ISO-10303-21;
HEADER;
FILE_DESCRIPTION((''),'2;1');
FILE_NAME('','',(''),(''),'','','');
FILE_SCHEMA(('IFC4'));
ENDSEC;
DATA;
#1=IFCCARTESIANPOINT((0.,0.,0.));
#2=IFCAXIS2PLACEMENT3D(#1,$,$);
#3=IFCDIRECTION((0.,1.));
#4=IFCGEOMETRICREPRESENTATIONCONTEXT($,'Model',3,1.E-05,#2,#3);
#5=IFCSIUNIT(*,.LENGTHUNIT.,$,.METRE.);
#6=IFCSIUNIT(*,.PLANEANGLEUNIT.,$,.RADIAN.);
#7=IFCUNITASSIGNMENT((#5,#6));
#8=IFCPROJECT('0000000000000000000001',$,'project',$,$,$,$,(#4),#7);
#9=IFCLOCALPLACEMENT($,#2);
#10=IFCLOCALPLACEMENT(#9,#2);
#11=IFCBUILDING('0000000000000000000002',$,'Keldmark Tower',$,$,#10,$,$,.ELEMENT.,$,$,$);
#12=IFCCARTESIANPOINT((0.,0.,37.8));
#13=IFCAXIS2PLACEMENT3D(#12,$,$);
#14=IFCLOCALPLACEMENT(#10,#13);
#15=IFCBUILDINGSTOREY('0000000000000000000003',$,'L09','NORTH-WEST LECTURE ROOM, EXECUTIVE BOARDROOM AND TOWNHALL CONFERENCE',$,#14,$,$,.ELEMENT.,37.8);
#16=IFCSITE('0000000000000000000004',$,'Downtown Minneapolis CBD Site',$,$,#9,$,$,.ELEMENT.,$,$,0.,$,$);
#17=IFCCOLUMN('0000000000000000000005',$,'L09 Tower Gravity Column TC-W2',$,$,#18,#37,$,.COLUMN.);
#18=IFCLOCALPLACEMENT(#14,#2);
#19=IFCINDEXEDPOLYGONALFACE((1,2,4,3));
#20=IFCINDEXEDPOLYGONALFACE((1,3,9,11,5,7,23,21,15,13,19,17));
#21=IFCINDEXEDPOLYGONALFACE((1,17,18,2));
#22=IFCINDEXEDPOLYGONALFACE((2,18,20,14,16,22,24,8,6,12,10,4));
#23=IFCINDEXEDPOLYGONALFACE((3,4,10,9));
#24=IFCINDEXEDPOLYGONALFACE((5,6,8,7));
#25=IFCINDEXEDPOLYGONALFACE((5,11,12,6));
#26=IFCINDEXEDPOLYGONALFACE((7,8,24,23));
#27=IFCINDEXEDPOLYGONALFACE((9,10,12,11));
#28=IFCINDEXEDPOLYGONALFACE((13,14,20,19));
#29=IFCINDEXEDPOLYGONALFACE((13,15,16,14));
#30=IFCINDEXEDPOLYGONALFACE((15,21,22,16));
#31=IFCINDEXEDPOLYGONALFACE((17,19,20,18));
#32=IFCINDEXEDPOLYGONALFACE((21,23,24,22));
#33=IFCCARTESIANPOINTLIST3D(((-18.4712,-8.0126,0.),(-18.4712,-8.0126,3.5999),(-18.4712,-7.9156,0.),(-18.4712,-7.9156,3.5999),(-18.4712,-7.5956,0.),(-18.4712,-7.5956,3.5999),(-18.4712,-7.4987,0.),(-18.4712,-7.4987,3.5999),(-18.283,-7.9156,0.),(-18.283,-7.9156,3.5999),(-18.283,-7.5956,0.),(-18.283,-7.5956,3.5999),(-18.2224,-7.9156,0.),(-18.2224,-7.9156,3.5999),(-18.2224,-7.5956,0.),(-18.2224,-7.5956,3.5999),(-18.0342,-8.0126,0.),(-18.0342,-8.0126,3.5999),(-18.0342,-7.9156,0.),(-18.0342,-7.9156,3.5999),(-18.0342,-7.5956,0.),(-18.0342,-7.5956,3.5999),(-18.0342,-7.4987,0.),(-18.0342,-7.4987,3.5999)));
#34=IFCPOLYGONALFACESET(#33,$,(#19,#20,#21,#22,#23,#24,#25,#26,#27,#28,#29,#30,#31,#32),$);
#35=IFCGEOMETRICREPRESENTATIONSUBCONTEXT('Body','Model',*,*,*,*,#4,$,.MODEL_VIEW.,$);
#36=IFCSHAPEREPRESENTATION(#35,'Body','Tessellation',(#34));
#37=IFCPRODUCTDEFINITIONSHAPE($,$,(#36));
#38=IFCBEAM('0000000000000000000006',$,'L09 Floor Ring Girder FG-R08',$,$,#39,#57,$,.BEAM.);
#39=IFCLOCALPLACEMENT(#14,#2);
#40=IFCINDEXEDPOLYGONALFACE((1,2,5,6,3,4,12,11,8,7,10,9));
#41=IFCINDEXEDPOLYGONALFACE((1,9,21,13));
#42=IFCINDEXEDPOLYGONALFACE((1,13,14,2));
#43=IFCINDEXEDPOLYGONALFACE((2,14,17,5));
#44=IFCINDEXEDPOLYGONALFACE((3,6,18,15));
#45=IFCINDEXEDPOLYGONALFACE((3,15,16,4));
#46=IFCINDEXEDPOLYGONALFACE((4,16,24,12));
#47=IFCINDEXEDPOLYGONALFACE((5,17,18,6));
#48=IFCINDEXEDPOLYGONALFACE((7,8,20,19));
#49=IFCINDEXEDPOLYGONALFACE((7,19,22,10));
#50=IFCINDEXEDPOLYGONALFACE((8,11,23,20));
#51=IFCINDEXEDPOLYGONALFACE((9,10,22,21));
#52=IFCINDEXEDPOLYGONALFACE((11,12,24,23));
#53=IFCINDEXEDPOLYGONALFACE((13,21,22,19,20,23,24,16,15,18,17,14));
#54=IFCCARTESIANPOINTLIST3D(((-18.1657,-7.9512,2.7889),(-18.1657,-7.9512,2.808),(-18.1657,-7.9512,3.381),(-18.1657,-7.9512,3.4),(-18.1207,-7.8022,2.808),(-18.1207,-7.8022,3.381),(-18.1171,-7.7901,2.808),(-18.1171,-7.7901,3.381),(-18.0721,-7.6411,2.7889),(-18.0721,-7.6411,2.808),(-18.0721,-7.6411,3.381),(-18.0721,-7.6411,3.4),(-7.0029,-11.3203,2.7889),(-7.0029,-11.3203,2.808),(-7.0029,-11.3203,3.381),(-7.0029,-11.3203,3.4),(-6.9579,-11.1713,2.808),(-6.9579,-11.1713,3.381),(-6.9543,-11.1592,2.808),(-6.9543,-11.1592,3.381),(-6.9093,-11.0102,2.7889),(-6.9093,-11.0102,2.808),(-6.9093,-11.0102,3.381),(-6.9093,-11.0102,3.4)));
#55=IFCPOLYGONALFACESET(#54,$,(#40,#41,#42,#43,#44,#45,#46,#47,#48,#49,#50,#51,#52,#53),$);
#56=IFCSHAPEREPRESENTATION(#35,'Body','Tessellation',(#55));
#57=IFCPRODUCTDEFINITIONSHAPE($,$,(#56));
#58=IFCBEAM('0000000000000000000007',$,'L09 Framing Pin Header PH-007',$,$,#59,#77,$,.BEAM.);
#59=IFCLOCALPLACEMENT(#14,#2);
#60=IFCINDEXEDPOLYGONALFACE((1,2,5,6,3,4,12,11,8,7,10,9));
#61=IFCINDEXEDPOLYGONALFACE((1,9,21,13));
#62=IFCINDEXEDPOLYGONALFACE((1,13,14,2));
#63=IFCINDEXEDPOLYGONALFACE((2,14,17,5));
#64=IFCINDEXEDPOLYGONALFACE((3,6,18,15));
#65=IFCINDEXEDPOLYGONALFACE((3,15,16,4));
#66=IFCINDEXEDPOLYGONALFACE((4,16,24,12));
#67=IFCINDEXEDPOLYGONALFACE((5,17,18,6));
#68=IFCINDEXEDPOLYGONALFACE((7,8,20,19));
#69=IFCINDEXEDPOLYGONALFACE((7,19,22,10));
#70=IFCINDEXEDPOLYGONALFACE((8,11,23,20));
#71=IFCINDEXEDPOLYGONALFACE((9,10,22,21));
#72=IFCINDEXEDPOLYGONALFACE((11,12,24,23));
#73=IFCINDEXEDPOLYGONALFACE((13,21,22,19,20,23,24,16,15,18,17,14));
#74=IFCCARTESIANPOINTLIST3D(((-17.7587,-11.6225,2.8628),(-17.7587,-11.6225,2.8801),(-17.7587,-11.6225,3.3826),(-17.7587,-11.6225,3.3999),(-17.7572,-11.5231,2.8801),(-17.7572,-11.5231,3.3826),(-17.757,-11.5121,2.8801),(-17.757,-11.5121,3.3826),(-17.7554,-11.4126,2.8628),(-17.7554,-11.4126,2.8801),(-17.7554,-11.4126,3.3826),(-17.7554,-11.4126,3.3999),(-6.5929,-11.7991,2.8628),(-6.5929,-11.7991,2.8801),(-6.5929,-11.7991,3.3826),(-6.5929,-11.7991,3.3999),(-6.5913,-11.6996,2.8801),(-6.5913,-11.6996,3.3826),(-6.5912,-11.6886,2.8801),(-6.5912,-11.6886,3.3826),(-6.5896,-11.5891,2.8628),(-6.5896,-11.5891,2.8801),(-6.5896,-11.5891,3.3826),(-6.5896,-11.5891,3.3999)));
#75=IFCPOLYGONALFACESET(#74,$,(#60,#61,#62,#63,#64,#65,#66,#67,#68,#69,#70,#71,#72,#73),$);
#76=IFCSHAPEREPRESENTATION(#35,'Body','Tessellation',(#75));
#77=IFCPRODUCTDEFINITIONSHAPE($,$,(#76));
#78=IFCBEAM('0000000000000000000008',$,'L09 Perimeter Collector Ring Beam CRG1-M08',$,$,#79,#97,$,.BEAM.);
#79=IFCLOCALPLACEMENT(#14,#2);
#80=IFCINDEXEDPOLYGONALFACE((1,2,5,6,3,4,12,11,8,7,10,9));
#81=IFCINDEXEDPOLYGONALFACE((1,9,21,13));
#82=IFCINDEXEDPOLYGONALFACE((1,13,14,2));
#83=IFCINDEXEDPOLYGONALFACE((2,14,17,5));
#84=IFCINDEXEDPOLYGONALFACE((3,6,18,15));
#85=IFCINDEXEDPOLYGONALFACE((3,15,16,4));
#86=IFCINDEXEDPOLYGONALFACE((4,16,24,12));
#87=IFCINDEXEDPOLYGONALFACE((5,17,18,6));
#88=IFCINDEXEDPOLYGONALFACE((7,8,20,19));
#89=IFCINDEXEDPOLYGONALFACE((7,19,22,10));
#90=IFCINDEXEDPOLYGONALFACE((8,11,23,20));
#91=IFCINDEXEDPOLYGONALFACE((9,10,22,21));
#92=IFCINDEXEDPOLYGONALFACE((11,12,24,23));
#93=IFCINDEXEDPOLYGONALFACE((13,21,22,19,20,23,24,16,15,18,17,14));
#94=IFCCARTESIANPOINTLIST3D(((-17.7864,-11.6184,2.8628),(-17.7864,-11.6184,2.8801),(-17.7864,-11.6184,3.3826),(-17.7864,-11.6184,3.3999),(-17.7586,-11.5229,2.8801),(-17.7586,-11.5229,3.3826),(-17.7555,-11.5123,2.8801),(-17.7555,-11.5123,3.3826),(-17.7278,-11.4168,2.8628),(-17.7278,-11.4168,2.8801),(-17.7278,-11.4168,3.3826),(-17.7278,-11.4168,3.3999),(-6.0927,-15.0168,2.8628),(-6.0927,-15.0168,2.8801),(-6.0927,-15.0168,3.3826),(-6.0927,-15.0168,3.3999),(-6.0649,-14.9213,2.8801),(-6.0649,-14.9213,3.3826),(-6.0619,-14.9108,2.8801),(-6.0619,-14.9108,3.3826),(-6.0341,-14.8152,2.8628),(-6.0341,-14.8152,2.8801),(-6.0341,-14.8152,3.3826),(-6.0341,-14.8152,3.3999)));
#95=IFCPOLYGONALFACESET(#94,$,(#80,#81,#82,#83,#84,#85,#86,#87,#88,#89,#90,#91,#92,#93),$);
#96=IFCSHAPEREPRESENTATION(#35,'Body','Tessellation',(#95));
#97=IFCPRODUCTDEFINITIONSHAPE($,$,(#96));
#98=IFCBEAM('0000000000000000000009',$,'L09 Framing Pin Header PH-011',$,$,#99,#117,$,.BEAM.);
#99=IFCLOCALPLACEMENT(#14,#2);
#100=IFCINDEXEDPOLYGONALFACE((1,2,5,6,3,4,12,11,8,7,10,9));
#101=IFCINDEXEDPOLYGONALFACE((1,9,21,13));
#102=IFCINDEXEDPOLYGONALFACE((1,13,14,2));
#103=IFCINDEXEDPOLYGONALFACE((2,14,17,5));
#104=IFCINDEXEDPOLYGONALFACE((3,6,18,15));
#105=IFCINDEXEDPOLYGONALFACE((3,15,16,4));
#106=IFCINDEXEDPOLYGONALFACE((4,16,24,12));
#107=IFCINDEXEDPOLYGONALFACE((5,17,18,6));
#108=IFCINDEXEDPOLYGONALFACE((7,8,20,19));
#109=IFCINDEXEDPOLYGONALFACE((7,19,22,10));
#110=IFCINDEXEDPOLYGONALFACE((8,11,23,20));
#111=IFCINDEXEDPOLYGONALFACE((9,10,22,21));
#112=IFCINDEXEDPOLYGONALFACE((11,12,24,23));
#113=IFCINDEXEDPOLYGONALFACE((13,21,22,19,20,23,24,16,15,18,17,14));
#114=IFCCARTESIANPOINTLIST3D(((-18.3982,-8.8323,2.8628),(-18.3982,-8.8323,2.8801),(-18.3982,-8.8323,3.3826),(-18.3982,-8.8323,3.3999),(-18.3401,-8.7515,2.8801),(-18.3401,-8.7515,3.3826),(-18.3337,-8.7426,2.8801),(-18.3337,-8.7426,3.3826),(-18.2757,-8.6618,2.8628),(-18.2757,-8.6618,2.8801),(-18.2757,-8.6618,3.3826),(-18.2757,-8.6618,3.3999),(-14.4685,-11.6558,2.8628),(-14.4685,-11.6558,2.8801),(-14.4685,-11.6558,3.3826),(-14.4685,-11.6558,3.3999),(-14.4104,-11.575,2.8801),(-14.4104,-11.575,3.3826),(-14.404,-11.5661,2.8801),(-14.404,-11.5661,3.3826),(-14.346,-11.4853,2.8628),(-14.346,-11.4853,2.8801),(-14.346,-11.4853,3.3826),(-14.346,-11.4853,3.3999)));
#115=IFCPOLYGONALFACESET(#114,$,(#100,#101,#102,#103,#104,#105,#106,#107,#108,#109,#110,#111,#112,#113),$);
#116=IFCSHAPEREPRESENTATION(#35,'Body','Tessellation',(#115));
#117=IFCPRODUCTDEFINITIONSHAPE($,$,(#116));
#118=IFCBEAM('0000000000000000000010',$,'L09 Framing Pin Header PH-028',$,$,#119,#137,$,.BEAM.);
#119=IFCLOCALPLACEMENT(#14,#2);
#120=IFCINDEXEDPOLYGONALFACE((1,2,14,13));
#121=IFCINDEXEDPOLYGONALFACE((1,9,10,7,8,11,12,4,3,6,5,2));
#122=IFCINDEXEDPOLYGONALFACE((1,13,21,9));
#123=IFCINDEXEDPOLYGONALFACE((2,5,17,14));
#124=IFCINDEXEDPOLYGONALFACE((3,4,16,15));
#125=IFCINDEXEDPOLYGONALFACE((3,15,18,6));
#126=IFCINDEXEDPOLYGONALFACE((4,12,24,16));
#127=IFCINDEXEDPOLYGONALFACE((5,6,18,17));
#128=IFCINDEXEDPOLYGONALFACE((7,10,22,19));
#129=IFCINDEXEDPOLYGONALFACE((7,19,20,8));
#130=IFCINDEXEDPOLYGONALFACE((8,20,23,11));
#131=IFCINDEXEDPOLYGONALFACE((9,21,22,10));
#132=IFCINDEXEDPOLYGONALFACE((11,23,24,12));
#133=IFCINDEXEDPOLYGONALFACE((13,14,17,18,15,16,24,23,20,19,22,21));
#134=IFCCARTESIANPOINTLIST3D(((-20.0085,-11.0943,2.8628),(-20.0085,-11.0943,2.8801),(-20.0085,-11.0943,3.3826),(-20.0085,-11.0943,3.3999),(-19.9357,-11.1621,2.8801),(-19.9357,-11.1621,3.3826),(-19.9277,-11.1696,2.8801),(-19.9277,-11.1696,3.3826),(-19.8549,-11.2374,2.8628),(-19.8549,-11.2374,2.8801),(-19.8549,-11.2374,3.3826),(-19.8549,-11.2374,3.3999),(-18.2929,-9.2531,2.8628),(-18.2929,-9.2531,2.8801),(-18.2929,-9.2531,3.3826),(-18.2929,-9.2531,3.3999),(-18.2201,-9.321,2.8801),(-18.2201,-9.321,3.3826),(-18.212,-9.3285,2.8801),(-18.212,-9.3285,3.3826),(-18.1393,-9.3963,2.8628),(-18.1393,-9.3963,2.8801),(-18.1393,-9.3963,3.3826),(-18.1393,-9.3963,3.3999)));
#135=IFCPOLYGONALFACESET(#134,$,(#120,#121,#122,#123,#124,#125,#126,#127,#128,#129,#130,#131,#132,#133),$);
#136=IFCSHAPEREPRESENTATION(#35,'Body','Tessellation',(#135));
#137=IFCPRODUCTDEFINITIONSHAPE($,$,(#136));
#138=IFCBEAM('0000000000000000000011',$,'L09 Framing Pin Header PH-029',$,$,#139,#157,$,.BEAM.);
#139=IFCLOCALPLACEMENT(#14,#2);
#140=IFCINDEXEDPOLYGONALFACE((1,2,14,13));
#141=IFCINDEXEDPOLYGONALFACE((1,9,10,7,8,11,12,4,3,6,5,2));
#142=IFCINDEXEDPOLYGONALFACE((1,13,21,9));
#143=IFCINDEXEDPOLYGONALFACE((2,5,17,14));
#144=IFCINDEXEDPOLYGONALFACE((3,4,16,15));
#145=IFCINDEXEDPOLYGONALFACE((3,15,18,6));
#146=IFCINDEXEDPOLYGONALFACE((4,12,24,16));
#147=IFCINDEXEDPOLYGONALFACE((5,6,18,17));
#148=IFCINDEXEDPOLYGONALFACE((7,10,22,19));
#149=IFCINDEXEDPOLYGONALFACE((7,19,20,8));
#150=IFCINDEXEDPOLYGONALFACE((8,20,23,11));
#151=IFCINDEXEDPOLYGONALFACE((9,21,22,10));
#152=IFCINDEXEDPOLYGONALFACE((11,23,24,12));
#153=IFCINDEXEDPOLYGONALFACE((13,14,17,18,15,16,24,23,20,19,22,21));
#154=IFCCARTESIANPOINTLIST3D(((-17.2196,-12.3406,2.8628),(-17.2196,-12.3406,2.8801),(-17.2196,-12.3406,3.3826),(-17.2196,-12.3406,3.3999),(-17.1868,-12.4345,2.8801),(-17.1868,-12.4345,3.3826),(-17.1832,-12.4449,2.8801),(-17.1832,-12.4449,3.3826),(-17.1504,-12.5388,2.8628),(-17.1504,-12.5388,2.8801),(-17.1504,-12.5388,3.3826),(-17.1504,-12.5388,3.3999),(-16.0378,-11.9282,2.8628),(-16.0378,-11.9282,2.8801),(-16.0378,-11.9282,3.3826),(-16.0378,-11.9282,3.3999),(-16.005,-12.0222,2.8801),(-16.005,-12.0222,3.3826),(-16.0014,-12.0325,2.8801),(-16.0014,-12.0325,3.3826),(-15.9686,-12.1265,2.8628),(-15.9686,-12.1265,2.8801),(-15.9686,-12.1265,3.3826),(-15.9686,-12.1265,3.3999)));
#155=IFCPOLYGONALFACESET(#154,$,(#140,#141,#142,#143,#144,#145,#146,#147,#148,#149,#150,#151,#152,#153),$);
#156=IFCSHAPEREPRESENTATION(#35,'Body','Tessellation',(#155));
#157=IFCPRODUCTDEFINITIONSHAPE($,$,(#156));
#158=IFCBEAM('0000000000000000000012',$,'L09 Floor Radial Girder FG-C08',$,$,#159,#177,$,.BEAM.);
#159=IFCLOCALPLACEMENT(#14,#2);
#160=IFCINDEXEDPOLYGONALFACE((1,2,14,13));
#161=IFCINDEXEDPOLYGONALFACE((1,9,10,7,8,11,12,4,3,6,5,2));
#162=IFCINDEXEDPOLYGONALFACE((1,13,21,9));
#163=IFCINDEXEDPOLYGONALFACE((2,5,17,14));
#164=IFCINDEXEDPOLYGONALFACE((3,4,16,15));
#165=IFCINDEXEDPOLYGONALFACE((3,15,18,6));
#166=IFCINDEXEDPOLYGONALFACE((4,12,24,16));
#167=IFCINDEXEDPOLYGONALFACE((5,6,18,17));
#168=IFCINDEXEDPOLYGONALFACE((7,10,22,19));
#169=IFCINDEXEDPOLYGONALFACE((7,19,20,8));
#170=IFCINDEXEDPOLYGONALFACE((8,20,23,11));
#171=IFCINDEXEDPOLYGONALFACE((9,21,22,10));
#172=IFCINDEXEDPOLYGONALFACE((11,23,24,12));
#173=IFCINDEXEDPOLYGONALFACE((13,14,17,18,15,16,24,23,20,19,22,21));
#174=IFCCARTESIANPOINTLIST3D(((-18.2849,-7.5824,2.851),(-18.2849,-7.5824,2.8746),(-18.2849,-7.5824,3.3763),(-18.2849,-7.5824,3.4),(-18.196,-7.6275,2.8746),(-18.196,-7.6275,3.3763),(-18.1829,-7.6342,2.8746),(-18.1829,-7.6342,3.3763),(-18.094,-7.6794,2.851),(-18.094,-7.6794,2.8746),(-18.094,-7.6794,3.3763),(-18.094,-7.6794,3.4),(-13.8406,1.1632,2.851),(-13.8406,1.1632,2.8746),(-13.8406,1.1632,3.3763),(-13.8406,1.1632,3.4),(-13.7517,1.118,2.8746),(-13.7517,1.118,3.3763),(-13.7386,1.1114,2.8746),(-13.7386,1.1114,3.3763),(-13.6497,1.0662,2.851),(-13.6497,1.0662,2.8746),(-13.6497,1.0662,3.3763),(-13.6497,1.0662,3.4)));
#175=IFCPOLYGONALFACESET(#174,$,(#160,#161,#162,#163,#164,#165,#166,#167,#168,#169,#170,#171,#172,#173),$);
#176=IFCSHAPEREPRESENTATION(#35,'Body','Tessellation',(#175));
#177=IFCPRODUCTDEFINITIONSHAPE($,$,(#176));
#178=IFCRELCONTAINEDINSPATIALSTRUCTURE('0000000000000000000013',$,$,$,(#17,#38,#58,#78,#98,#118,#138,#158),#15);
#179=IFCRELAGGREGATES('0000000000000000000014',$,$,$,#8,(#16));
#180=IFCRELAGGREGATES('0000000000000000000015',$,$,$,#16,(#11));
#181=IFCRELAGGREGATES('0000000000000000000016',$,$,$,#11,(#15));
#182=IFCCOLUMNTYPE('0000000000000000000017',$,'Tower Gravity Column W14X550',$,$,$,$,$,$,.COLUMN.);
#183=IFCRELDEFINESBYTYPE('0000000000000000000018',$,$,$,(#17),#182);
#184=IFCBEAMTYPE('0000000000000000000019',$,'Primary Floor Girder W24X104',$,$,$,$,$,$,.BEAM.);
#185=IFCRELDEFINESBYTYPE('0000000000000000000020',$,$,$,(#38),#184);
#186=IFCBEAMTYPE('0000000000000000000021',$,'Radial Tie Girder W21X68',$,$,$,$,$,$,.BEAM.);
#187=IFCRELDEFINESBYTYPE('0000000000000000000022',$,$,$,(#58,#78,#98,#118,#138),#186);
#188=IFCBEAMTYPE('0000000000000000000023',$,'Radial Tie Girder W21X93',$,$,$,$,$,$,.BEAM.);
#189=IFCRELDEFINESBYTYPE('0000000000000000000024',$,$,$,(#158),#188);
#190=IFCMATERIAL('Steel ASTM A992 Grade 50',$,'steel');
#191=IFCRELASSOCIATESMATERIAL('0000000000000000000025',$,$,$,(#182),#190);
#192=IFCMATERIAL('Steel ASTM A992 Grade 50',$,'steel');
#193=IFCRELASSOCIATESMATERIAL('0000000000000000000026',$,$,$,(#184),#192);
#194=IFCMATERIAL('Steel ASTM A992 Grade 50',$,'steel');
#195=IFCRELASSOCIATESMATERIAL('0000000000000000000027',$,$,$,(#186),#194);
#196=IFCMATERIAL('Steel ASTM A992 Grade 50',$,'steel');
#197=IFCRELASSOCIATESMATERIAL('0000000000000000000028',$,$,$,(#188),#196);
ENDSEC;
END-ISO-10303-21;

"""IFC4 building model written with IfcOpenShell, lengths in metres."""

from ifc_helpers import new_model, si_unit, direction, frame, origin, origin_2d, place, context, subcontext, project, spatial, i_section, extrude, material, material_profile, profile_set, type_object, element, save


model = new_model("IFC4")

# Units and contexts
model_context = context("Model", 3, precision=1e-05, world=origin(), true_north=direction((0.0, 1.0)))
body_context = subcontext(model_context, "Body", "Model", "MODEL_VIEW")
ifc_project = project(units=[si_unit("LENGTHUNIT", "METRE"), si_unit("PLANEANGLEUNIT", "RADIAN")], contexts=[model_context])

# Site, building, storey
site_placement = place(None, origin())
site = spatial("IfcSite", under=ifc_project, at=site_placement, Name="Downtown Minneapolis CBD Site", CompositionType="ELEMENT", RefElevation=0.0)
building_placement = place(site_placement, origin())
building = spatial("IfcBuilding", under=site, at=building_placement, Name="Keldmark Tower", CompositionType="ELEMENT")
storey_placement = place(building_placement, frame((0.0, 0.0, 37.8)))
storey = spatial("IfcBuildingStorey", under=building, at=storey_placement, Name="L09", Description="NORTH-WEST LECTURE ROOM, EXECUTIVE BOARDROOM AND TOWNHALL CONFERENCE", CompositionType="ELEMENT", Elevation=37.8)

# Column
ifc_material_1 = material(Name="Steel ASTM A992 Grade 50", Category="steel")
ifc_material_profile_1 = material_profile(ifc_material_1, i_section(OverallWidth=0.437, OverallDepth=0.5139, WebThickness=0.0605, FlangeThickness=0.0969, at=origin_2d()), Name="W14X550")
ifc_profile_set_1 = profile_set([ifc_material_profile_1], Name="Steel ASTM A992 Grade 50")
column_type = type_object("IfcColumnType", Name="Tower Gravity Column W14X550", PredefinedType="COLUMN", material=ifc_profile_set_1)
column_placement = place(storey_placement, frame((-18.2527, -7.7556, 0.0), z_axis=(0.0, 0.0, 1.0), x_axis=(1.0, 0.0, 0.0)))
element("IfcColumn", 1, at=column_placement, inside=storey, type_object=column_type, Name="L09 Tower Gravity Column TC-W2", PredefinedType="COLUMN", context=body_context, shape_type="SweptSolid", body=[
    extrude(i_section(OverallWidth=0.437, OverallDepth=0.5139, WebThickness=0.0605, FlangeThickness=0.0969, at=origin_2d()), origin(), (0.0, 0.0, 1.0), 3.5999),
])

# Beams
ifc_material_2 = material(Name="Steel ASTM A992 Grade 50", Category="steel")
ifc_material_profile_2 = material_profile(ifc_material_2, i_section(OverallWidth=0.324, OverallDepth=0.6111, WebThickness=0.0127, FlangeThickness=0.019, at=origin_2d()), Name="W24X104")
ifc_profile_set_2 = profile_set([ifc_material_profile_2], Name="Steel ASTM A992 Grade 50")
beam_type_1 = type_object("IfcBeamType", Name="Primary Floor Girder W24X104", PredefinedType="BEAM", material=ifc_profile_set_2)
beam_1_placement = place(storey_placement, frame((-18.1189, -7.7961, 3.0945), z_axis=(0.957346, -0.288944, 0.0), x_axis=(0.288944, 0.957346, 0.0)))
element("IfcBeam", 2, at=beam_1_placement, inside=storey, type_object=beam_type_1, Name="L09 Floor Ring Girder FG-R08", PredefinedType="BEAM", context=body_context, shape_type="SweptSolid", body=[
    extrude(i_section(OverallWidth=0.324, OverallDepth=0.6111, WebThickness=0.0127, FlangeThickness=0.019, at=origin_2d()), origin(), (0.0, 0.0, 1.0), 11.6602),
])
ifc_material_3 = material(Name="Steel ASTM A992 Grade 50", Category="steel")
ifc_material_profile_3 = material_profile(ifc_material_3, i_section(OverallWidth=0.21, OverallDepth=0.5371, WebThickness=0.011, FlangeThickness=0.0173, at=origin_2d()), Name="W21X68")
ifc_profile_set_3 = profile_set([ifc_material_profile_3], Name="Steel ASTM A992 Grade 50")
beam_type_2 = type_object("IfcBeamType", Name="Radial Tie Girder W21X68", PredefinedType="BEAM", material=ifc_profile_set_3)
beam_2_placement = place(storey_placement, frame((-17.7571, -11.5176, 3.1313), z_axis=(0.999875, -0.015806, 0.0), x_axis=(0.015806, 0.999875, 0.0)))
element("IfcBeam", 3, at=beam_2_placement, inside=storey, type_object=beam_type_2, Name="L09 Framing Pin Header PH-007", PredefinedType="BEAM", context=body_context, shape_type="SweptSolid", body=[
    extrude(i_section(OverallWidth=0.21, OverallDepth=0.5371, WebThickness=0.011, FlangeThickness=0.0173, at=origin_2d()), origin(), (0.0, 0.0, 1.0), 11.1672),
])
beam_3_placement = place(storey_placement, frame((-17.7571, -11.5176, 3.1313), z_axis=(0.960269, -0.279077, 0.0), x_axis=(0.279077, 0.960269, 0.0)))
element("IfcBeam", 4, at=beam_3_placement, inside=storey, type_object=beam_type_2, Name="L09 Perimeter Collector Ring Beam CRG1-M08", PredefinedType="BEAM", context=body_context, shape_type="SweptSolid", body=[
    extrude(i_section(OverallWidth=0.21, OverallDepth=0.5371, WebThickness=0.011, FlangeThickness=0.0173, at=origin_2d()), origin(), (0.0, 0.0, 1.0), 12.1775),
])
beam_4_placement = place(storey_placement, frame((-14.4072, -11.5706, 3.1313), z_axis=(-0.812111, 0.583503, 0.0), x_axis=(-0.583503, -0.812111, 0.0)))
element("IfcBeam", 5, at=beam_4_placement, inside=storey, type_object=beam_type_2, Name="L09 Framing Pin Header PH-011", PredefinedType="BEAM", context=body_context, shape_type="SweptSolid", body=[
    extrude(i_section(OverallWidth=0.21, OverallDepth=0.5371, WebThickness=0.011, FlangeThickness=0.0173, at=origin_2d()), origin(), (0.0, 0.0, 1.0), 4.8389),
])
beam_5_placement = place(storey_placement, frame((-18.2161, -9.3247, 3.1313), z_axis=(-0.681734, -0.7316, 0.0), x_axis=(0.7316, -0.681734, 0.0)))
element("IfcBeam", 6, at=beam_5_placement, inside=storey, type_object=beam_type_2, Name="L09 Framing Pin Header PH-028", PredefinedType="BEAM", context=body_context, shape_type="SweptSolid", body=[
    extrude(i_section(OverallWidth=0.21, OverallDepth=0.5371, WebThickness=0.011, FlangeThickness=0.0173, at=origin_2d()), origin(), (0.0, 0.0, 1.0), 2.5166),
])
beam_6_placement = place(storey_placement, frame((-16.0032, -12.0273, 3.1313), z_axis=(-0.944183, -0.329421, 0.0), x_axis=(0.329421, -0.944183, 0.0)))
element("IfcBeam", 7, at=beam_6_placement, inside=storey, type_object=beam_type_2, Name="L09 Framing Pin Header PH-029", PredefinedType="BEAM", context=body_context, shape_type="SweptSolid", body=[
    extrude(i_section(OverallWidth=0.21, OverallDepth=0.5371, WebThickness=0.011, FlangeThickness=0.0173, at=origin_2d()), origin(), (0.0, 0.0, 1.0), 1.2517),
])
ifc_material_4 = material(Name="Steel ASTM A992 Grade 50", Category="steel")
ifc_material_profile_4 = material_profile(ifc_material_4, i_section(OverallWidth=0.2141, OverallDepth=0.5491, WebThickness=0.0146, FlangeThickness=0.0237, at=origin_2d()), Name="W21X93")
ifc_profile_set_4 = profile_set([ifc_material_profile_4], Name="Steel ASTM A992 Grade 50")
beam_type_3 = type_object("IfcBeamType", Name="Radial Tie Girder W21X93", PredefinedType="BEAM", material=ifc_profile_set_4)
beam_7_placement = place(storey_placement, frame((-18.1895, -7.6309, 3.1255), z_axis=(0.453038, 0.891491, 0.0), x_axis=(-0.891491, 0.453038, 0.0)))
element("IfcBeam", 8, at=beam_7_placement, inside=storey, type_object=beam_type_3, Name="L09 Floor Radial Girder FG-C08", PredefinedType="BEAM", context=body_context, shape_type="SweptSolid", body=[
    extrude(i_section(OverallWidth=0.2141, OverallDepth=0.5491, WebThickness=0.0146, FlangeThickness=0.0237, at=origin_2d()), origin(), (0.0, 0.0, 1.0), 9.8101),
])

save(model, "model.ifc")
